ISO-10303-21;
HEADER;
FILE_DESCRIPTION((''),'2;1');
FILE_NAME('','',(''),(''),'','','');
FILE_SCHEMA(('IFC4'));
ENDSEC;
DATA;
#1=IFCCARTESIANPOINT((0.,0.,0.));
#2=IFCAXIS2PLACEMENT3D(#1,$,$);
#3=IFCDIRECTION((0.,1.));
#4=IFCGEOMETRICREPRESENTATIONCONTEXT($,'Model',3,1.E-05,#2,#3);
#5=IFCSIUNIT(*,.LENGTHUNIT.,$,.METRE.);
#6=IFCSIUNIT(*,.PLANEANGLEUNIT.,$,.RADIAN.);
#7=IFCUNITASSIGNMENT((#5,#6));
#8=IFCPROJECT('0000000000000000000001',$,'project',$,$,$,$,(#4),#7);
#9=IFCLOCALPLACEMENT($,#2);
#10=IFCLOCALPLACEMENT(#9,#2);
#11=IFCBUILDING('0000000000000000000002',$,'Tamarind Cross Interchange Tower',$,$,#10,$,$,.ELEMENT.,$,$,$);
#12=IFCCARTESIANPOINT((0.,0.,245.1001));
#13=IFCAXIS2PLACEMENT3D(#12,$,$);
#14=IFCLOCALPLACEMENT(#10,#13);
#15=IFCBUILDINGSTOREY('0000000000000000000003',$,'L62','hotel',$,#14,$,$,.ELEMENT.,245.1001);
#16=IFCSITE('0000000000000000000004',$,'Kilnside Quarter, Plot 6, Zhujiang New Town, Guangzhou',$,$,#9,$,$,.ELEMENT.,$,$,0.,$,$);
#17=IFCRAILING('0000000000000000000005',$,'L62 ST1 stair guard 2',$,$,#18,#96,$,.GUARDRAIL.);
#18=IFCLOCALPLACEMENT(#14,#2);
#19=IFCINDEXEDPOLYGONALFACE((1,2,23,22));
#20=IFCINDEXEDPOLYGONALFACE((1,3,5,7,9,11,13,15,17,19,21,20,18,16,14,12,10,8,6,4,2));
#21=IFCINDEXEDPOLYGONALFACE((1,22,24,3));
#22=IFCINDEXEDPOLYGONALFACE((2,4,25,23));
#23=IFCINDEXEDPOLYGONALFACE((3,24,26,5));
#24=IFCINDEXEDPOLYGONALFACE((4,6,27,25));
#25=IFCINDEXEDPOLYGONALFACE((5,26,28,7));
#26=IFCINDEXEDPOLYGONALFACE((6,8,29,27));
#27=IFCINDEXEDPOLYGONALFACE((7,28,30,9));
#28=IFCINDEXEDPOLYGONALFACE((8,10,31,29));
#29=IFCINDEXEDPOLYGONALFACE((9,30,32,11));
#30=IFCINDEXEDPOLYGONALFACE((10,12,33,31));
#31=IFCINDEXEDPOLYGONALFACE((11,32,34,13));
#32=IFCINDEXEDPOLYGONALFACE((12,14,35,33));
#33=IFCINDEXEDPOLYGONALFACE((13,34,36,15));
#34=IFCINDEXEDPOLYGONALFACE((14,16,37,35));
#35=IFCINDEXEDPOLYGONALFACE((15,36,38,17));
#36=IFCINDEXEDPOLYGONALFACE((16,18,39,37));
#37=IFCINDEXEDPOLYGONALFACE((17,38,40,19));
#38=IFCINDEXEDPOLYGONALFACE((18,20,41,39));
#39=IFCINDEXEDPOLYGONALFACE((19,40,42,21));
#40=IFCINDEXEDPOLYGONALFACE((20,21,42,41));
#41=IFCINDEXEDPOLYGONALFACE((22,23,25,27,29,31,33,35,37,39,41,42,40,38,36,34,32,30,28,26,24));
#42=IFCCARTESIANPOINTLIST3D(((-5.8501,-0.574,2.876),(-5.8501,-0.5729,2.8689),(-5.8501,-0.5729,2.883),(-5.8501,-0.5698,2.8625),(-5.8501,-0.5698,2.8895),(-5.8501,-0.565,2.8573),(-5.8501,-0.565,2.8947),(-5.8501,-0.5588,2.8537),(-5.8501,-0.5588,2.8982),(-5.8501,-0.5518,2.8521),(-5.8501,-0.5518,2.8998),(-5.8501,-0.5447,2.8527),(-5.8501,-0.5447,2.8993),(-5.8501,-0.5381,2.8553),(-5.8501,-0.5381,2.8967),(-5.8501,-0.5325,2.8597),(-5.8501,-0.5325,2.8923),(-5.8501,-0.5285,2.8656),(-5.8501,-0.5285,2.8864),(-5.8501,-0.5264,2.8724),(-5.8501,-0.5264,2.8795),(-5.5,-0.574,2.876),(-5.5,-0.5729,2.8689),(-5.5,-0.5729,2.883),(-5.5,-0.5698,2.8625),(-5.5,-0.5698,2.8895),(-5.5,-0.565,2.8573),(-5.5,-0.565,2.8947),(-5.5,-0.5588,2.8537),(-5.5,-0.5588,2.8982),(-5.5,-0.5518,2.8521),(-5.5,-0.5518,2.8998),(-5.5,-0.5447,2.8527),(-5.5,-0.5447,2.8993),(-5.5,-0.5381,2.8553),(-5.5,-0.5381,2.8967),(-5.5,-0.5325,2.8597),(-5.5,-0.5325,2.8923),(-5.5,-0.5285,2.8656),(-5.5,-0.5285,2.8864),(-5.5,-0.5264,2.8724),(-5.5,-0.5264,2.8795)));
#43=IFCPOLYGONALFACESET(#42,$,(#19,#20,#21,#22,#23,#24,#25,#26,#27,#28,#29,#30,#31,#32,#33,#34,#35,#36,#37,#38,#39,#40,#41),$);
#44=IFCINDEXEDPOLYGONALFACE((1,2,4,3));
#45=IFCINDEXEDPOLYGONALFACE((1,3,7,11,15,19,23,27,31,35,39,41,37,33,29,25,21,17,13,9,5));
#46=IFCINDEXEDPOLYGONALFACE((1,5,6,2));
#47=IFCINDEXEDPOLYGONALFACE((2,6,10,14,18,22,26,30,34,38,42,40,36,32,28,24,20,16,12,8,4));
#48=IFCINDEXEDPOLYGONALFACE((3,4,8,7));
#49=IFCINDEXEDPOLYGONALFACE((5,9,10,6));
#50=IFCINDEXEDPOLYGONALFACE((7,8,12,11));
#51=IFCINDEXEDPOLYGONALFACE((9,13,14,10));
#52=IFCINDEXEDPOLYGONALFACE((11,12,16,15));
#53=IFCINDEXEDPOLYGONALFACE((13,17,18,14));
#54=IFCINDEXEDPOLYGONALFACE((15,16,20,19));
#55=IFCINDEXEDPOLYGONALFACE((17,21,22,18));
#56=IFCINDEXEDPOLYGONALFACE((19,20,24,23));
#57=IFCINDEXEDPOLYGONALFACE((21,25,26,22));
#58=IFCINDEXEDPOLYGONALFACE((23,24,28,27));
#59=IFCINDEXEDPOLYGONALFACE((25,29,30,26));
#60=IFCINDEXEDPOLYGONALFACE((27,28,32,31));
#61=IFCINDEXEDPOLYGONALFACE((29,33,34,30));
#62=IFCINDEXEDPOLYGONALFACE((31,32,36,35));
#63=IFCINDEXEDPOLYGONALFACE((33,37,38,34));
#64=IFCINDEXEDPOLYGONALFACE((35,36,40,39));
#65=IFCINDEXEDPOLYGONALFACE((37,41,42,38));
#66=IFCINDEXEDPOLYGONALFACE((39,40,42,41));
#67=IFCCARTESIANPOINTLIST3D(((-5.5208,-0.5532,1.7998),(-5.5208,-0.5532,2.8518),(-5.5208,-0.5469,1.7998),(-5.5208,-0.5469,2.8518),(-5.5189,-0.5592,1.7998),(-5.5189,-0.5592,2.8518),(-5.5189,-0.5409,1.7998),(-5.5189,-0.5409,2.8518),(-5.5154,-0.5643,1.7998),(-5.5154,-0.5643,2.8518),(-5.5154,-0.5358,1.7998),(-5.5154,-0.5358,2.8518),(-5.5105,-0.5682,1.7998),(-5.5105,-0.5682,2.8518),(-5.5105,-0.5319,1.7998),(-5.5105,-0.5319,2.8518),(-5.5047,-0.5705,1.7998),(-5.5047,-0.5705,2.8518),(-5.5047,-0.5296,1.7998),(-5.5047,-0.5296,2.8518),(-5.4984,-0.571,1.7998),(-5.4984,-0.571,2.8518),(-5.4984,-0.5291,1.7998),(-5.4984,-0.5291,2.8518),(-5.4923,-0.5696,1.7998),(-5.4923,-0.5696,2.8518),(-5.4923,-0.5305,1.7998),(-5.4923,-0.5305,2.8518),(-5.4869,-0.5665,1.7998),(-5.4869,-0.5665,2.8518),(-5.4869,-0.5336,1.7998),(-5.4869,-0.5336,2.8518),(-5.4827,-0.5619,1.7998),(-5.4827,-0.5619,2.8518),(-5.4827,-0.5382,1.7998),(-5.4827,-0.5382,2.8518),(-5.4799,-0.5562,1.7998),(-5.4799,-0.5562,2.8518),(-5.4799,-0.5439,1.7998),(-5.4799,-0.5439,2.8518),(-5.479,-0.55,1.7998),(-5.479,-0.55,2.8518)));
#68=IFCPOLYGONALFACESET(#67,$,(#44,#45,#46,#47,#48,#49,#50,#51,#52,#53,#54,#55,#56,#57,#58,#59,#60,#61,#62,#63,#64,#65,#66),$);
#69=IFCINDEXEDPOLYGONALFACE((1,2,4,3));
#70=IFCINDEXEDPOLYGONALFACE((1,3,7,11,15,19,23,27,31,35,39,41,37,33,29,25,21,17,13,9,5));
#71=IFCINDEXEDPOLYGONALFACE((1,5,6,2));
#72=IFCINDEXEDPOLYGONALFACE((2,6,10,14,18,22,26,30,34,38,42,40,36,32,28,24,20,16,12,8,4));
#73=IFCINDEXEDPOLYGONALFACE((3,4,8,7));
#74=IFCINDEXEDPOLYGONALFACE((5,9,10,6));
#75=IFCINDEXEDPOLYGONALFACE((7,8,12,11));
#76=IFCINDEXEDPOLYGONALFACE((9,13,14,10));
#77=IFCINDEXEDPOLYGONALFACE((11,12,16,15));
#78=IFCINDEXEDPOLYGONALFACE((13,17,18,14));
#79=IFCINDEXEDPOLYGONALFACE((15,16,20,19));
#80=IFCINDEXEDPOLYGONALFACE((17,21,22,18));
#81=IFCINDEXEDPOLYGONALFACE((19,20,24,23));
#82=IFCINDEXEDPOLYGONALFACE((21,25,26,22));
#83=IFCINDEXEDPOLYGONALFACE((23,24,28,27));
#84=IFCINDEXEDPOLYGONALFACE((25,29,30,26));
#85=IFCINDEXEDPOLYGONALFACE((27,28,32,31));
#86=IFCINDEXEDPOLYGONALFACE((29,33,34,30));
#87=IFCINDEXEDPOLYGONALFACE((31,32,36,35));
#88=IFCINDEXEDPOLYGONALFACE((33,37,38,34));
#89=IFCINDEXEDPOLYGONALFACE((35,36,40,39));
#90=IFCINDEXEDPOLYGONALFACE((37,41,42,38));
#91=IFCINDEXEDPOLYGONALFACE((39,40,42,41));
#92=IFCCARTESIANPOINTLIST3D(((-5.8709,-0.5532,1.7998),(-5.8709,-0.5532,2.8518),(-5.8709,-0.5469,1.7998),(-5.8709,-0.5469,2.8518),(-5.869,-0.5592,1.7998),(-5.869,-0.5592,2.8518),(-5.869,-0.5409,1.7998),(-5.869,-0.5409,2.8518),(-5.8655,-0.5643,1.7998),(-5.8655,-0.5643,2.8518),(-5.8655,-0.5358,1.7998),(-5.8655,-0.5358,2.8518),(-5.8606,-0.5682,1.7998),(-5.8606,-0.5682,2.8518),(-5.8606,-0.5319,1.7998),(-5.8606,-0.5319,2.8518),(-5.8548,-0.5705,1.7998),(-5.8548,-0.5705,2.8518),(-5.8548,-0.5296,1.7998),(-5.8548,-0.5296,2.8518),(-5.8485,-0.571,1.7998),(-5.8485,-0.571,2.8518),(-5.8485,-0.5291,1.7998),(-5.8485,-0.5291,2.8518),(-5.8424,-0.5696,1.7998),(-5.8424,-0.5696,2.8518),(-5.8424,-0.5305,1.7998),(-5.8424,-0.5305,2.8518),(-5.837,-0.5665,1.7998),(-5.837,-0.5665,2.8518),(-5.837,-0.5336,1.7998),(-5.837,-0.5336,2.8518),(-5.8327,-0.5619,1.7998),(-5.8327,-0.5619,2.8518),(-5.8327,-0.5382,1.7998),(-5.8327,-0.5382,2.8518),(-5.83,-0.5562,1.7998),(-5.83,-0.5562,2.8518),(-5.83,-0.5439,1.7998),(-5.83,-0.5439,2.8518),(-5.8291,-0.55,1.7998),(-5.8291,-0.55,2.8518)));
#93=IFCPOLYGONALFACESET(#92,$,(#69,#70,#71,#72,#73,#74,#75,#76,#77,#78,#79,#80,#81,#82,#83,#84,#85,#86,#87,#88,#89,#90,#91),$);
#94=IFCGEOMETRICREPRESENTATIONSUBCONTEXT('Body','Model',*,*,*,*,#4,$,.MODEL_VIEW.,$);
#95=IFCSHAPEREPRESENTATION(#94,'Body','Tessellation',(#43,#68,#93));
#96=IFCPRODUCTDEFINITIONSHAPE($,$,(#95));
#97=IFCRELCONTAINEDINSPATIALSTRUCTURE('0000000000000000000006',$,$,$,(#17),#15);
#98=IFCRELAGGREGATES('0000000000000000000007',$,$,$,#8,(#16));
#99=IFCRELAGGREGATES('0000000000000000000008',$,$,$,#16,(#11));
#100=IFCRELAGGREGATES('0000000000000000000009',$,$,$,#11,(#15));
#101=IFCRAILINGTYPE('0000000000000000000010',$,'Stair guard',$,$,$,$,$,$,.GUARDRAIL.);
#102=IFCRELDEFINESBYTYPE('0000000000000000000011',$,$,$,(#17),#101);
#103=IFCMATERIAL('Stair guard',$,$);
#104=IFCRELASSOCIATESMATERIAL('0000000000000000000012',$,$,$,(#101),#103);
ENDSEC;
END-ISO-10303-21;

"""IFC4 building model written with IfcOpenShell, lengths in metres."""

from ifc_helpers import new_model, si_unit, direction, frame, origin, origin_2d, place, context, subcontext, project, spatial, circle, extrude, material, type_object, element, save


model = new_model("IFC4")

# Units and contexts
model_context = context("Model", 3, precision=1e-05, world=origin(), true_north=direction((0.0, 1.0)))
body_context = subcontext(model_context, "Body", "Model", "MODEL_VIEW")
ifc_project = project(units=[si_unit("LENGTHUNIT", "METRE"), si_unit("PLANEANGLEUNIT", "RADIAN")], contexts=[model_context])

# Site, building, storey
site_placement = place(None, origin())
site = spatial("IfcSite", under=ifc_project, at=site_placement, Name="Kilnside Quarter, Plot 6, Zhujiang New Town, Guangzhou", CompositionType="ELEMENT", RefElevation=0.0)
building_placement = place(site_placement, origin())
building = spatial("IfcBuilding", under=site, at=building_placement, Name="Tamarind Cross Interchange Tower", CompositionType="ELEMENT")
storey_placement = place(building_placement, frame((0.0, 0.0, 245.1001)))
storey = spatial("IfcBuildingStorey", under=building, at=storey_placement, Name="L62", Description="hotel", CompositionType="ELEMENT", Elevation=245.1001)

# Railing
ifc_material_1 = material(Name="Stair guard")
railing_type_1 = type_object("IfcRailingType", Name="Stair guard", PredefinedType="GUARDRAIL", material=ifc_material_1)
railing_1_placement = place(storey_placement, frame((-5.5, -0.55, 1.7998)))
element("IfcRailing", 1, at=railing_1_placement, inside=storey, type_object=railing_type_1, Name="L62 ST1 stair guard 2", PredefinedType="GUARDRAIL", context=body_context, shape_type="SweptSolid", body=[
    extrude(circle(Radius=0.0239, at=origin_2d()), frame((0.0, 0.0, 1.0762), z_axis=(-1.0, 0.0, 0.0), x_axis=(0.0, -1.0, 0.0)), (0.0, 0.0, 1.0), 0.3501),
    extrude(circle(Radius=0.021, at=origin_2d()), origin(), (0.0, 0.0, 1.0), 1.052),
    extrude(circle(Radius=0.021, at=origin_2d()), frame((-0.3501, 0.0, 0.0)), (0.0, 0.0, 1.0), 1.052),
])

save(model, "model.ifc")
